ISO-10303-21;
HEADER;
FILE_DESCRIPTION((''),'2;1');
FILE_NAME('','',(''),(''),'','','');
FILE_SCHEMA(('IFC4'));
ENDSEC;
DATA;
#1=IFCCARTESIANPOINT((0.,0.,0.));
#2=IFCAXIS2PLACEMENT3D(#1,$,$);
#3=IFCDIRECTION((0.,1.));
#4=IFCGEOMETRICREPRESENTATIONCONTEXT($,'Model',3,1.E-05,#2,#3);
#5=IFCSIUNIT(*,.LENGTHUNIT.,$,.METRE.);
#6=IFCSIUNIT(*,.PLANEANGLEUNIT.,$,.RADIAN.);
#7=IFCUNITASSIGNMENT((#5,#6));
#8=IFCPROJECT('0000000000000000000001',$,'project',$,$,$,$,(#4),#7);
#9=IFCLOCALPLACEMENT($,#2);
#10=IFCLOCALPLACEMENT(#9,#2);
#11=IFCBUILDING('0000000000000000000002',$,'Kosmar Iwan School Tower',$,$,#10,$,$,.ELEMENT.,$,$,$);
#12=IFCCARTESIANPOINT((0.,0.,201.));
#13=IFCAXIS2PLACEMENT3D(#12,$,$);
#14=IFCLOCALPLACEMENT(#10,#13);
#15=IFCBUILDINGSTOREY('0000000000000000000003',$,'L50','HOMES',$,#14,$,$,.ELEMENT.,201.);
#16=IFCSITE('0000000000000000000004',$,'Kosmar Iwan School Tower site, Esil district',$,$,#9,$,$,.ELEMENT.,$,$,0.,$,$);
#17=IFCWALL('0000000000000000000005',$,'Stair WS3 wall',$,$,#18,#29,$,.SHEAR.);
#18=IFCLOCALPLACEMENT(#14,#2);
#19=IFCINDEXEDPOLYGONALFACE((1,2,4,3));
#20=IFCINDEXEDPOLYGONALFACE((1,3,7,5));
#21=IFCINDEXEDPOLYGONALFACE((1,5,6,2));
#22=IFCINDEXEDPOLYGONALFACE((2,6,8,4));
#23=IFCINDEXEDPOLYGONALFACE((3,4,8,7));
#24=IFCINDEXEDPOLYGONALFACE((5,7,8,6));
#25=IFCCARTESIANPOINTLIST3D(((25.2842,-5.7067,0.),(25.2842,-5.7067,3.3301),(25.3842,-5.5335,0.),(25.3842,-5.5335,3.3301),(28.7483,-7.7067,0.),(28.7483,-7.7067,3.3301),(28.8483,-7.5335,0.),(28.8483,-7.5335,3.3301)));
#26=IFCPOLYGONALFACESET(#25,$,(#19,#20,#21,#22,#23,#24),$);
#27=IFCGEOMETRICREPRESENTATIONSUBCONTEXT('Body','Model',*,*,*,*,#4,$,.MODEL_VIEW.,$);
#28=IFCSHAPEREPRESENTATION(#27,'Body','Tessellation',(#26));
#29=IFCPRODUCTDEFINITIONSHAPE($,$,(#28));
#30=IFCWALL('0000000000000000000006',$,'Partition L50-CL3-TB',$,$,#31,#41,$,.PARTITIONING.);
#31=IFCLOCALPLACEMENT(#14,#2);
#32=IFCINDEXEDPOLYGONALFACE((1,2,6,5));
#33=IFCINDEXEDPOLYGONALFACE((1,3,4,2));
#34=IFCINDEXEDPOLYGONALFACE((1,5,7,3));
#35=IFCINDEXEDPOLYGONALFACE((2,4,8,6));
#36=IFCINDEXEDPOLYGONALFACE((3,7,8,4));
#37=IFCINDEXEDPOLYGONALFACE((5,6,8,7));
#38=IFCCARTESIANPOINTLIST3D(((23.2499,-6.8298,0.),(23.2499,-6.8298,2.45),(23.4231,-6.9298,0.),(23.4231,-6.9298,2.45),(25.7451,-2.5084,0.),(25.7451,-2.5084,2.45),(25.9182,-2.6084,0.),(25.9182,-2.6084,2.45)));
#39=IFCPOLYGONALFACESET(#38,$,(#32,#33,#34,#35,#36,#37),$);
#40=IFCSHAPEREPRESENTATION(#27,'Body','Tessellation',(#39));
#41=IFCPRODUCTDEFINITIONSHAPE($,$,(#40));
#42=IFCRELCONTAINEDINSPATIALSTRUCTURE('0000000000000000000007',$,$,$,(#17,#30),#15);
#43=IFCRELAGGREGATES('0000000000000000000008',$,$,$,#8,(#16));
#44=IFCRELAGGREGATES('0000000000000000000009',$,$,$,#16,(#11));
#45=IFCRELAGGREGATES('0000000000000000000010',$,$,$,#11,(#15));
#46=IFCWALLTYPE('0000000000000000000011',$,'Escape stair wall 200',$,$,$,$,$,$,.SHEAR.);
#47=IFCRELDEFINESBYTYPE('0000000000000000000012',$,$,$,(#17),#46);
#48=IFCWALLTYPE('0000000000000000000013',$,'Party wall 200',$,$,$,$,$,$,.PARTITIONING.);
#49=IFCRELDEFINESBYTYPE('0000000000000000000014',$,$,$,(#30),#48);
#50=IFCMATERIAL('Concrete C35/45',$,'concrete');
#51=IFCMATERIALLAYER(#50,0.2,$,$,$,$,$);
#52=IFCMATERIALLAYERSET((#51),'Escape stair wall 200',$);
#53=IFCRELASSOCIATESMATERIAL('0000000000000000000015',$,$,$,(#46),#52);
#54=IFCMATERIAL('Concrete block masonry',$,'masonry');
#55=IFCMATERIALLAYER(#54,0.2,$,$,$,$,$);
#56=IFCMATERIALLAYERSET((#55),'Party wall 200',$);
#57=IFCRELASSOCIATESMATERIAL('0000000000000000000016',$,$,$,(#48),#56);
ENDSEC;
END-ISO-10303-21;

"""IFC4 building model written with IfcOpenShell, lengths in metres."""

from ifc_helpers import new_model, si_unit, direction, frame, frame_2d, origin, place, context, subcontext, project, spatial, rectangle, extrude, material, layer, layer_set, type_object, element, save


model = new_model("IFC4")

# Units and contexts
model_context = context("Model", 3, precision=1e-05, world=origin(), true_north=direction((0.0, 1.0)))
body_context = subcontext(model_context, "Body", "Model", "MODEL_VIEW")
ifc_project = project(units=[si_unit("LENGTHUNIT", "METRE"), si_unit("PLANEANGLEUNIT", "RADIAN")], contexts=[model_context])

# Site, building, storey
site_placement = place(None, origin())
site = spatial("IfcSite", under=ifc_project, at=site_placement, Name="Kosmar Iwan School Tower site, Esil district", CompositionType="ELEMENT", RefElevation=0.0)
building_placement = place(site_placement, origin())
building = spatial("IfcBuilding", under=site, at=building_placement, Name="Kosmar Iwan School Tower", CompositionType="ELEMENT")
storey_placement = place(building_placement, frame((0.0, 0.0, 201.0)))
storey = spatial("IfcBuildingStorey", under=building, at=storey_placement, Name="L50", Description="HOMES", CompositionType="ELEMENT", Elevation=201.0)

# Walls
ifc_material_1 = material(Name="Concrete C35/45", Category="concrete")
ifc_layer_1 = layer(ifc_material_1, 0.2)
ifc_layer_set_1 = layer_set([ifc_layer_1], Name="Escape stair wall 200")
wall_type_1 = type_object("IfcWallType", Name="Escape stair wall 200", PredefinedType="SHEAR", material=ifc_layer_set_1)
wall_1_placement = place(storey_placement, frame((25.3342, -5.6201, 0.0), z_axis=(0.0, 0.0, 1.0), x_axis=(0.866026, -0.499999, 0.0)))
element("IfcWall", 1, at=wall_1_placement, inside=storey, type_object=wall_type_1, Name="Stair WS3 wall", PredefinedType="SHEAR", context=body_context, shape_type="SweptSolid", body=[
    extrude(rectangle(XDim=4.0, YDim=0.2, at=frame_2d((2.0, 0.0))), origin(), (0.0, 0.0, 1.0), 3.3301),
])
ifc_material_2 = material(Name="Concrete block masonry", Category="masonry")
ifc_layer_2 = layer(ifc_material_2, 0.2)
ifc_layer_set_2 = layer_set([ifc_layer_2], Name="Party wall 200")
wall_type_2 = type_object("IfcWallType", Name="Party wall 200", PredefinedType="PARTITIONING", material=ifc_layer_set_2)
wall_2_placement = place(storey_placement, frame((23.3364, -6.8799, 0.0), z_axis=(0.0, 0.0, 1.0), x_axis=(0.500033, 0.866006, 0.0)))
element("IfcWall", 2, at=wall_2_placement, inside=storey, type_object=wall_type_2, Name="Partition L50-CL3-TB", PredefinedType="PARTITIONING", context=body_context, shape_type="SweptSolid", body=[
    extrude(rectangle(XDim=4.99, YDim=0.2, at=frame_2d((2.4951, 0.0))), origin(), (0.0, 0.0, 1.0), 2.45),
])

save(model, "model.ifc")
